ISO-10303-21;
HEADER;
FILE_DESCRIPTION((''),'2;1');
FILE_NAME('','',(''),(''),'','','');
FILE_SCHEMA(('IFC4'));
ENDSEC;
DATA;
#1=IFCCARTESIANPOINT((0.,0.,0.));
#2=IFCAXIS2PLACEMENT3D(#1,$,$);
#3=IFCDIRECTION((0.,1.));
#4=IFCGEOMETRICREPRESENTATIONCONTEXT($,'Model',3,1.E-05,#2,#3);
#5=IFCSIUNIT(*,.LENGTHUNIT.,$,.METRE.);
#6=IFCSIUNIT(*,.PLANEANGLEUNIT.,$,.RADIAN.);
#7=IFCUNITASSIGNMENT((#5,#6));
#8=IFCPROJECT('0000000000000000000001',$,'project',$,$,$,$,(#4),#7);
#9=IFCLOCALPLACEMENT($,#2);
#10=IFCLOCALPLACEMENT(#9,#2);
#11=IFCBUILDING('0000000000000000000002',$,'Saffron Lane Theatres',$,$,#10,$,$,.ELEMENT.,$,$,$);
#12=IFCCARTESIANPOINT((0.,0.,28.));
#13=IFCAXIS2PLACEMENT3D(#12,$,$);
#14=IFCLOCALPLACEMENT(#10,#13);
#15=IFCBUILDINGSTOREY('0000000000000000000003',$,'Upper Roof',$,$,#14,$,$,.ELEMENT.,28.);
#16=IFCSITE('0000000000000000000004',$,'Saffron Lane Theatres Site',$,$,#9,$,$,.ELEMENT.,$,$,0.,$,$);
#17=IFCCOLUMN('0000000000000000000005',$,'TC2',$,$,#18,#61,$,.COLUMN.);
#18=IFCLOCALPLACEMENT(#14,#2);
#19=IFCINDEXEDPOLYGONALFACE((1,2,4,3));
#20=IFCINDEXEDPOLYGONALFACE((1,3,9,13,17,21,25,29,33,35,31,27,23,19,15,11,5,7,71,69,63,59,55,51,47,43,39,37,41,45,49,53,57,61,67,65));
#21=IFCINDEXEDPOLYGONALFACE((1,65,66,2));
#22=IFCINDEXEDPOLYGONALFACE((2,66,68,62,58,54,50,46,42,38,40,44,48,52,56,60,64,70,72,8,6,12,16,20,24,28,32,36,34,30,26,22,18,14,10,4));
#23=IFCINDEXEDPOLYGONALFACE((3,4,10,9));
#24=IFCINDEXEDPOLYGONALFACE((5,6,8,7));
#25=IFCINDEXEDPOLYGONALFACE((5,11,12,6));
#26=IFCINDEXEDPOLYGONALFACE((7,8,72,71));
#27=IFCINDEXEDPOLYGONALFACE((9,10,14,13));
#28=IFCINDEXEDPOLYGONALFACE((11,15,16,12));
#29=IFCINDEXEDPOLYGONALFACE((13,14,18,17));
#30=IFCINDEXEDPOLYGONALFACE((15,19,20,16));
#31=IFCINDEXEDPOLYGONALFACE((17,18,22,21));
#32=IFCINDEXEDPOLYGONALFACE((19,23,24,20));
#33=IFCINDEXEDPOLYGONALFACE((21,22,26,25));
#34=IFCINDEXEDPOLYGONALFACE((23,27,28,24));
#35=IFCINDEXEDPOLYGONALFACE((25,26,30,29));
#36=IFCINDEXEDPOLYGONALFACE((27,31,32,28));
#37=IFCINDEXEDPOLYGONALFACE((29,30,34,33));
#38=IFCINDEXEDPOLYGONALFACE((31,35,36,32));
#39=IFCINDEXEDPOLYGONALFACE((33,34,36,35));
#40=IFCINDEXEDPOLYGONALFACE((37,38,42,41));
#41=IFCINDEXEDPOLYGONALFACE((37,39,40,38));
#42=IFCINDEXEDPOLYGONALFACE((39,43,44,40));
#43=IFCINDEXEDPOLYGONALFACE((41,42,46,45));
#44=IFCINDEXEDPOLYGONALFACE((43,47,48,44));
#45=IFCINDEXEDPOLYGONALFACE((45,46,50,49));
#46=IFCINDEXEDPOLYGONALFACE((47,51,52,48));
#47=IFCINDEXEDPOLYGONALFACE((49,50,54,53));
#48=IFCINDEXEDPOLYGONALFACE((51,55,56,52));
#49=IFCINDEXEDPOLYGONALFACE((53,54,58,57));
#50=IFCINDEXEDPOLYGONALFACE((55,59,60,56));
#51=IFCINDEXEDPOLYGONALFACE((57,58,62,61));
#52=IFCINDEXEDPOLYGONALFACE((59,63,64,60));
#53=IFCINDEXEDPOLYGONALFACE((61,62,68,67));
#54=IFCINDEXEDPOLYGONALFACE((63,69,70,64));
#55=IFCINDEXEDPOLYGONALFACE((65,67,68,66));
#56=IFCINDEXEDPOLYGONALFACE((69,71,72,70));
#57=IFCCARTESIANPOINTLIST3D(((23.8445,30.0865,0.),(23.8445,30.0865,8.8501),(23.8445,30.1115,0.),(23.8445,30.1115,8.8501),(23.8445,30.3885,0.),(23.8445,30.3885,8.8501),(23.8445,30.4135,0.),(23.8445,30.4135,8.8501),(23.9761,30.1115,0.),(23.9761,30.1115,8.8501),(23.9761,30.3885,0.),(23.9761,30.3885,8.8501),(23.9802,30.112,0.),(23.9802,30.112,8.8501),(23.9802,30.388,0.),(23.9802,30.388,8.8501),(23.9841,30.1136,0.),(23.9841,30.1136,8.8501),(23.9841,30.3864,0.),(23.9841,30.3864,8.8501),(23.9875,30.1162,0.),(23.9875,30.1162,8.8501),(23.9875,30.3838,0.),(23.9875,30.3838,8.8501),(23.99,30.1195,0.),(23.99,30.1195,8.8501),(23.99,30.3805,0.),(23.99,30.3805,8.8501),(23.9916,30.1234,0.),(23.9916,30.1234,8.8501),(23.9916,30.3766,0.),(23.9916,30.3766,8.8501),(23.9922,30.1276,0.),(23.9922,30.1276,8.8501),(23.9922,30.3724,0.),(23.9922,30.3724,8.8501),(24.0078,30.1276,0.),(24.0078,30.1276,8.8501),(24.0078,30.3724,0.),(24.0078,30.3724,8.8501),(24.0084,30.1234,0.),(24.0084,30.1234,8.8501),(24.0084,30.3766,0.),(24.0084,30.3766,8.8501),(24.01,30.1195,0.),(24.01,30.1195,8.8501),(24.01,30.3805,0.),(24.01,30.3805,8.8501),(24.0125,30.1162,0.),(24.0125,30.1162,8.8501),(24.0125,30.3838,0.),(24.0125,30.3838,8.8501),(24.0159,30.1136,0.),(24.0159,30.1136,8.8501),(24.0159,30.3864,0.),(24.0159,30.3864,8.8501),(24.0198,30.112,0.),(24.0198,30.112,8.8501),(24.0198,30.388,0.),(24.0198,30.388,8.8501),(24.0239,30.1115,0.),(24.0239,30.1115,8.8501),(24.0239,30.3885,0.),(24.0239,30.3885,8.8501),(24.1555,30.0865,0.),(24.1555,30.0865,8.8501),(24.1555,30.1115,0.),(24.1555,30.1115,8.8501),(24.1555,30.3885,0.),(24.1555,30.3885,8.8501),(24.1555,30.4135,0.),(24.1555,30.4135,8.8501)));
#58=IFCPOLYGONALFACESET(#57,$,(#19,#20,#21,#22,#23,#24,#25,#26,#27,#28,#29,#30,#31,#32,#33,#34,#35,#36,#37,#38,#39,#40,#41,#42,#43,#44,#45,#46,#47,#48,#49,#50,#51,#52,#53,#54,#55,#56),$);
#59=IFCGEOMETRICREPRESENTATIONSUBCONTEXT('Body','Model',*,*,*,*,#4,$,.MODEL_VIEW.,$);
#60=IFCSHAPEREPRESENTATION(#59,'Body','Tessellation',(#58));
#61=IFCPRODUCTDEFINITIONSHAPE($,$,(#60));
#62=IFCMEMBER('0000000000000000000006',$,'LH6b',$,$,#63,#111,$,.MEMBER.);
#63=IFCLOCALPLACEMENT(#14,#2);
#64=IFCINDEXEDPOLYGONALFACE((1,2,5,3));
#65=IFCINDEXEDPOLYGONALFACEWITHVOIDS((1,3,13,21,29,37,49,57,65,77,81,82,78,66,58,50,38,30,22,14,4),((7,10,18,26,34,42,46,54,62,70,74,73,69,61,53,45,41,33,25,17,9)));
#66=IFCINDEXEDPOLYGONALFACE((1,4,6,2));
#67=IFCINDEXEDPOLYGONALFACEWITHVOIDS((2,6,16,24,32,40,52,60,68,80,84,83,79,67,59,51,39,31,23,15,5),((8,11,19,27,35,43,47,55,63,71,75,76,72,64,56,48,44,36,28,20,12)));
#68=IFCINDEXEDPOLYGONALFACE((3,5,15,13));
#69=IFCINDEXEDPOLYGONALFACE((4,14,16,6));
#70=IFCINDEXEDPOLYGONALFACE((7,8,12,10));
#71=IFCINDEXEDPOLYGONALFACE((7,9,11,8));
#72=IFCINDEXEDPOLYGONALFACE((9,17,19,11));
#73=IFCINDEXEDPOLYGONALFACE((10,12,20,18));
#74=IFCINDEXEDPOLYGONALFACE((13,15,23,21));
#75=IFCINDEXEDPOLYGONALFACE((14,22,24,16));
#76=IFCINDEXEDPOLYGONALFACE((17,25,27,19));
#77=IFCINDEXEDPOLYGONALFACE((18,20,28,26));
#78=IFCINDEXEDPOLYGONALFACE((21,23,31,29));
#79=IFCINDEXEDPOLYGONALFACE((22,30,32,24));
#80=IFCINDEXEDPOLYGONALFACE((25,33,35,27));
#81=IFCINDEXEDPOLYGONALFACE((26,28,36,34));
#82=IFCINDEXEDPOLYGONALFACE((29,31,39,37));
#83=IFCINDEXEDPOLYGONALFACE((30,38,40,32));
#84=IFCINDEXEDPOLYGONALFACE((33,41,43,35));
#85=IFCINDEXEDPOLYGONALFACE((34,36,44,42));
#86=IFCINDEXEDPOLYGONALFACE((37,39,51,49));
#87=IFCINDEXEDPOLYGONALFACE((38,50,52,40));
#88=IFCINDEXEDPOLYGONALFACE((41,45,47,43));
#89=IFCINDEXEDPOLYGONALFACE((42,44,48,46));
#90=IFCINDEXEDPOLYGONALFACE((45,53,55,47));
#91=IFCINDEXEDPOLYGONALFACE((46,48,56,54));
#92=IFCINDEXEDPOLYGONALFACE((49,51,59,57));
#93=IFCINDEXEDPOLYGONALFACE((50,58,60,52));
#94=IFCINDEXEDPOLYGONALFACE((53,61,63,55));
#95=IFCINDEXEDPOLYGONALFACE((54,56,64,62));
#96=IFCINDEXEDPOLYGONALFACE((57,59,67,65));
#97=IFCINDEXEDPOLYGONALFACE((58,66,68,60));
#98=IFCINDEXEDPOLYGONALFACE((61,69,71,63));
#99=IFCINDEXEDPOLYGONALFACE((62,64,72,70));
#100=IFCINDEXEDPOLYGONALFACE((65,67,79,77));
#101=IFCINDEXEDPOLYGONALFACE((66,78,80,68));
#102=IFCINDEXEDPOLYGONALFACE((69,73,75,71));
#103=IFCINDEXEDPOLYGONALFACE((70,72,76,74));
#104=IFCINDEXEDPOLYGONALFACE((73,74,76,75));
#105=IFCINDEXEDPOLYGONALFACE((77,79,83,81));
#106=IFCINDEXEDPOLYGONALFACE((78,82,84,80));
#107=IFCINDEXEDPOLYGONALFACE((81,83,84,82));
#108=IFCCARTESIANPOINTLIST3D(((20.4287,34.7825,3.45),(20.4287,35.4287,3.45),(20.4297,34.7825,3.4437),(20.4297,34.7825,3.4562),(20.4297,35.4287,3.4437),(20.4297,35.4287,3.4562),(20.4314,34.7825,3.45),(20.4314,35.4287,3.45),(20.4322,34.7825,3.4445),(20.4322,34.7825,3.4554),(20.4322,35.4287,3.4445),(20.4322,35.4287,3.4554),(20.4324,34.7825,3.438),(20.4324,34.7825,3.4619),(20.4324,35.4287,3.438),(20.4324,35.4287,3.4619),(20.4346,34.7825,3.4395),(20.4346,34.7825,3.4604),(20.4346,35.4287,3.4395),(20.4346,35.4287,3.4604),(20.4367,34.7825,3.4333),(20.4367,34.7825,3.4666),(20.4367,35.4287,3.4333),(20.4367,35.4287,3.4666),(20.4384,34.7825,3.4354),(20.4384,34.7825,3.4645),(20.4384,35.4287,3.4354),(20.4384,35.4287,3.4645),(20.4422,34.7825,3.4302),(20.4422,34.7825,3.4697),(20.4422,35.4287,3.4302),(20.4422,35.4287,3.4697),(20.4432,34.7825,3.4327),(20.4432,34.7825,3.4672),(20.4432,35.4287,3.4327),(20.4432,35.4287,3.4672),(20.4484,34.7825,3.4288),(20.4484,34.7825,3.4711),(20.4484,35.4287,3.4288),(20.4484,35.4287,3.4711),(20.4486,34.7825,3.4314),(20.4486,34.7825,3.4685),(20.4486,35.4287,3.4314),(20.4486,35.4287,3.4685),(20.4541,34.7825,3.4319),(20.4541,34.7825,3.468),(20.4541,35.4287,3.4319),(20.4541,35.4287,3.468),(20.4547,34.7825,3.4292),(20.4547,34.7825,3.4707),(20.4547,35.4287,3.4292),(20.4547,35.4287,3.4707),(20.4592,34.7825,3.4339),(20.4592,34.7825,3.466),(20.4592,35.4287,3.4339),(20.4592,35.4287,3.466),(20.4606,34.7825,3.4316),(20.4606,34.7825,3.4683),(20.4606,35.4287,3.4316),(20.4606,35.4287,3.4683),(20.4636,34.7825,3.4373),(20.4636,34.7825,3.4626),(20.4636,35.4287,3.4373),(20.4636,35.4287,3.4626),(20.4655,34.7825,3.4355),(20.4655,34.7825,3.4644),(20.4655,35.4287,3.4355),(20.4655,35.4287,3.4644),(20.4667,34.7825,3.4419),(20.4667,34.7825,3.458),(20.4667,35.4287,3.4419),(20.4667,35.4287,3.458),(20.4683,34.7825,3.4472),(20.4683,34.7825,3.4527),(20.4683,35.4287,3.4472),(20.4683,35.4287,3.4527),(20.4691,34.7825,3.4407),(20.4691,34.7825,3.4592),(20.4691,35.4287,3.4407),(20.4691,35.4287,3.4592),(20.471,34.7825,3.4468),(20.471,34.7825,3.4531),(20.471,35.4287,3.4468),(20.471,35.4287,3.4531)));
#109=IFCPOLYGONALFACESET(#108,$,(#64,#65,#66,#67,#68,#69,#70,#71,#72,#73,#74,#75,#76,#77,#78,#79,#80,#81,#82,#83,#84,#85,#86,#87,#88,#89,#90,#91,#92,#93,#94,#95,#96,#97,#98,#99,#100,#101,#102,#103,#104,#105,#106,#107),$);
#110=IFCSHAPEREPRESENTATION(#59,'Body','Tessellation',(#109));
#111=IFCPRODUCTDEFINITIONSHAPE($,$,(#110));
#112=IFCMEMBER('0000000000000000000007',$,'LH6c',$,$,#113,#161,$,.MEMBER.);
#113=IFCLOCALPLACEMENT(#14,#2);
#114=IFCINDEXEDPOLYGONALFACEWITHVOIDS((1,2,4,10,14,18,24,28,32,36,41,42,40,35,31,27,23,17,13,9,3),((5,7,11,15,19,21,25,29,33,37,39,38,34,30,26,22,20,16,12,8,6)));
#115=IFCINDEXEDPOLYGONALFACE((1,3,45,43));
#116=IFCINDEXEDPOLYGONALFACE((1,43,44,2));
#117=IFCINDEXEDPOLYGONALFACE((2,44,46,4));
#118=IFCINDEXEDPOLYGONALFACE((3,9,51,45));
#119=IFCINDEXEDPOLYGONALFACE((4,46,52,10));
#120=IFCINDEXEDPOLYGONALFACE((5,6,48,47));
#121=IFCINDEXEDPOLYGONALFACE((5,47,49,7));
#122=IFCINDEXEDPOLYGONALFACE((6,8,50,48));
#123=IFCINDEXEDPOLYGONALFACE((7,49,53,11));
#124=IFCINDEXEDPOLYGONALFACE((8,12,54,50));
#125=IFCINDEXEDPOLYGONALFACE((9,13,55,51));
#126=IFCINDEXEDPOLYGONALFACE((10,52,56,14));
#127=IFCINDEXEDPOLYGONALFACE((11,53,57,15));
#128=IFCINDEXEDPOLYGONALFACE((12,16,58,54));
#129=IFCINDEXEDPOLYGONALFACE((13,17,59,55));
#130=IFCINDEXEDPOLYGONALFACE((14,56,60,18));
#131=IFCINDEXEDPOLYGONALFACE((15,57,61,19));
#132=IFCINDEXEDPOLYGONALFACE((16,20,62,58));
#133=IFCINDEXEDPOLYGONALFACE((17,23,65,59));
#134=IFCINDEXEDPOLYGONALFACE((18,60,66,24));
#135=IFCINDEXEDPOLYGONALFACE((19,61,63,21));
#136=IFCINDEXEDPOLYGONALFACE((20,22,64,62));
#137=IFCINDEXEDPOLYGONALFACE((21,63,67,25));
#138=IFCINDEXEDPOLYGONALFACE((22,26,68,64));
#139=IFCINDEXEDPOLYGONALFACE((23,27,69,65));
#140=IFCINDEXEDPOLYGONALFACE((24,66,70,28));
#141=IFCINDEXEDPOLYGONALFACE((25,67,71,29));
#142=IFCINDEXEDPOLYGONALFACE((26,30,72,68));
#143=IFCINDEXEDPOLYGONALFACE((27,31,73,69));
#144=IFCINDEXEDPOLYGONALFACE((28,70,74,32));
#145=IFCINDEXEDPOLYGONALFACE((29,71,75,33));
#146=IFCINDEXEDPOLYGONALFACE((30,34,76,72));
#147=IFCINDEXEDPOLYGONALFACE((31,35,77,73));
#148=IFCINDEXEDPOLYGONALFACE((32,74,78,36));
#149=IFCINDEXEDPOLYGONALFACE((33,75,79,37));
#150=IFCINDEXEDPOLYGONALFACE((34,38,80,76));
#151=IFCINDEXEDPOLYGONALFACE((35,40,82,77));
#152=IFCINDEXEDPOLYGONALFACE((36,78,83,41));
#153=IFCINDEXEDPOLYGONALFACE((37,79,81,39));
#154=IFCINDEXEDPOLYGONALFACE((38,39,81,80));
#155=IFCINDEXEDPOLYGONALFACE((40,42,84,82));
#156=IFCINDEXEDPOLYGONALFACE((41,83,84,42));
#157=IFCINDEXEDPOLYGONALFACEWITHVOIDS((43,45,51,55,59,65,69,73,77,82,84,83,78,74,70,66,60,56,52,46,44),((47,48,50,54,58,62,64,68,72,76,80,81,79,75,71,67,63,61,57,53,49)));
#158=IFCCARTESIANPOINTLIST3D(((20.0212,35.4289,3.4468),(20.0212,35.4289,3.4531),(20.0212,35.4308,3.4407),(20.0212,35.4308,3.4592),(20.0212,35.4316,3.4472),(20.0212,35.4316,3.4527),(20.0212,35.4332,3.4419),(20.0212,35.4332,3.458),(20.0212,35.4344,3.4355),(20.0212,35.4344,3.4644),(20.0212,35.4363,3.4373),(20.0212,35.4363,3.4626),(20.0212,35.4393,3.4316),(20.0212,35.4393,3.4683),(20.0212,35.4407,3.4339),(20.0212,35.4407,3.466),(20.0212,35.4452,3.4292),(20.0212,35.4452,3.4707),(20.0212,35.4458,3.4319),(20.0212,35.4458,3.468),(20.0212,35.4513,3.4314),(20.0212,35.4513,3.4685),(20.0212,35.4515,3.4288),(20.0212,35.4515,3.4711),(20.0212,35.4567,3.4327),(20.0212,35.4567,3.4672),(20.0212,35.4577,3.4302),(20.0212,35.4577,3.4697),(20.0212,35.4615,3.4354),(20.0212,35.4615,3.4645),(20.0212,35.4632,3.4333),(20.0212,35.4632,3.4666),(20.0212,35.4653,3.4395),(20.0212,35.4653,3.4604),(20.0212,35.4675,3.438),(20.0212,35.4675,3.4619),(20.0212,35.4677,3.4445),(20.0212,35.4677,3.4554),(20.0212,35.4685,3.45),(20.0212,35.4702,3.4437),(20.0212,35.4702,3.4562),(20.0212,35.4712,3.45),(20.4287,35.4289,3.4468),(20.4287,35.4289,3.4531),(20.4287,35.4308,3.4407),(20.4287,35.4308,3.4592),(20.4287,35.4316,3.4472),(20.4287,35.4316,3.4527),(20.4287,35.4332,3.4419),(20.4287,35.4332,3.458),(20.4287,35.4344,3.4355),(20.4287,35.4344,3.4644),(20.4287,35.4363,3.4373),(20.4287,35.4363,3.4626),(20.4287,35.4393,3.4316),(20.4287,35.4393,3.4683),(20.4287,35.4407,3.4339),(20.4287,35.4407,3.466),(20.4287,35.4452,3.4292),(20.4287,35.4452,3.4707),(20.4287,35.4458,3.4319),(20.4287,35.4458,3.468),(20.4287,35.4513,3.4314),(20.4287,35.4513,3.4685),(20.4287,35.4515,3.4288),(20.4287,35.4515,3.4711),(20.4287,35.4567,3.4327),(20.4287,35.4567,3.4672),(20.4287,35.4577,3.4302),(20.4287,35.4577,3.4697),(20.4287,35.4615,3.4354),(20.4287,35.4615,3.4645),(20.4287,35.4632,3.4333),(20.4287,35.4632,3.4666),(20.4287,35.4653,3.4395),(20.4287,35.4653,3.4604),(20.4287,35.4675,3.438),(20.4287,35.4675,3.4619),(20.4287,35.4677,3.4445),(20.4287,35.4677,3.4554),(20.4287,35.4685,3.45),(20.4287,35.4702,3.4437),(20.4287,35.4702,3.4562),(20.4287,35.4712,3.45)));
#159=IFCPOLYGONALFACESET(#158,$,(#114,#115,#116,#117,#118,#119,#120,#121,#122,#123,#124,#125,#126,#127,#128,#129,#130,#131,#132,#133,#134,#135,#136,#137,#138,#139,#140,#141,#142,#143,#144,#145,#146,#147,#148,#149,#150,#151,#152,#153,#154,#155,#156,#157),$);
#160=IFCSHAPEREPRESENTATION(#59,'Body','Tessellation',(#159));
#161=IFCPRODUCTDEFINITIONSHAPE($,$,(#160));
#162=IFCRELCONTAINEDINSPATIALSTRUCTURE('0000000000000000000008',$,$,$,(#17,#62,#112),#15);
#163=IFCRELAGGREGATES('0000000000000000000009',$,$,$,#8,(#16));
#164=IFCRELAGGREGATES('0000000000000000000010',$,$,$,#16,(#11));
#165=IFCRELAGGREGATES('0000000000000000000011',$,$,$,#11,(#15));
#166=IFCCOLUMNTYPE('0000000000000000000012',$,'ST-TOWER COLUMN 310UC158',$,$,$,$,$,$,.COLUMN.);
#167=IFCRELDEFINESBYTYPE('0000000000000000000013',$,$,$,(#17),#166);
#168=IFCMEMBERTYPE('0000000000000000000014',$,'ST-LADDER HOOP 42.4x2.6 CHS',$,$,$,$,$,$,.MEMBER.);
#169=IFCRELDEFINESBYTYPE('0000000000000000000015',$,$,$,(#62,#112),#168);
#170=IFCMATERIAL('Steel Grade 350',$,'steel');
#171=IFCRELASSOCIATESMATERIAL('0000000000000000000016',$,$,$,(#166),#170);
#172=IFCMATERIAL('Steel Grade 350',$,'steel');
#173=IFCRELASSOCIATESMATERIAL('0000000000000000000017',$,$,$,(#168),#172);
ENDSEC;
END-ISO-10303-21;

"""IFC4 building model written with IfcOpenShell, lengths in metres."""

from ifc_helpers import new_model, si_unit, direction, frame, origin, origin_2d, place, context, subcontext, project, spatial, hollow_circle, i_section, extrude, material, material_profile, profile_set, type_object, element, save


model = new_model("IFC4")

# Units and contexts
model_context = context("Model", 3, precision=1e-05, world=origin(), true_north=direction((0.0, 1.0)))
body_context = subcontext(model_context, "Body", "Model", "MODEL_VIEW")
ifc_project = project(units=[si_unit("LENGTHUNIT", "METRE"), si_unit("PLANEANGLEUNIT", "RADIAN")], contexts=[model_context])

# Site, building, storey
site_placement = place(None, origin())
site = spatial("IfcSite", under=ifc_project, at=site_placement, Name="Saffron Lane Theatres Site", CompositionType="ELEMENT", RefElevation=0.0)
building_placement = place(site_placement, origin())
building = spatial("IfcBuilding", under=site, at=building_placement, Name="Saffron Lane Theatres", CompositionType="ELEMENT")
storey_placement = place(building_placement, frame((0.0, 0.0, 28.0)))
storey = spatial("IfcBuildingStorey", under=building, at=storey_placement, Name="Upper Roof", CompositionType="ELEMENT", Elevation=28.0)

# Column
ifc_material_1 = material(Name="Steel Grade 350", Category="steel")
ifc_material_profile_1 = material_profile(ifc_material_1, i_section(OverallWidth=0.311, OverallDepth=0.3269, WebThickness=0.0156, FlangeThickness=0.0249, FilletRadius=0.0161, at=origin_2d()))
ifc_profile_set_1 = profile_set([ifc_material_profile_1], Name="Steel Grade 350")
column_type = type_object("IfcColumnType", Name="ST-TOWER COLUMN 310UC158", PredefinedType="COLUMN", material=ifc_profile_set_1)
column_placement = place(storey_placement, frame((24.0, 30.25, 0.0), z_axis=(0.0, 0.0, 1.0), x_axis=(1.0, 0.0, 0.0)))
element("IfcColumn", 1, at=column_placement, inside=storey, type_object=column_type, Name="TC2", PredefinedType="COLUMN", context=body_context, shape_type="SweptSolid", body=[
    extrude(i_section(OverallWidth=0.311, OverallDepth=0.3269, WebThickness=0.0156, FlangeThickness=0.0249, FilletRadius=0.0161, at=origin_2d()), origin(), (0.0, 0.0, 1.0), 8.8501),
])

# Members
ifc_material_2 = material(Name="Steel Grade 350", Category="steel")
ifc_material_profile_2 = material_profile(ifc_material_2, hollow_circle(Radius=0.0212, WallThickness=0.0027, at=origin_2d()))
ifc_profile_set_2 = profile_set([ifc_material_profile_2], Name="Steel Grade 350")
member_type_1 = type_object("IfcMemberType", Name="ST-LADDER HOOP 42.4x2.6 CHS", PredefinedType="MEMBER", material=ifc_profile_set_2)
member_1_placement = place(storey_placement, frame((20.45, 34.7825, 3.45), z_axis=(0.0, 1.0, 0.0), x_axis=(-1.0, 0.0, 0.0)))
element("IfcMember", 2, at=member_1_placement, inside=storey, type_object=member_type_1, Name="LH6b", PredefinedType="MEMBER", context=body_context, shape_type="SweptSolid", body=[
    extrude(hollow_circle(Radius=0.0212, WallThickness=0.0027, at=origin_2d()), origin(), (0.0, 0.0, 1.0), 0.6462),
])
member_2_placement = place(storey_placement, frame((20.0212, 35.45, 3.45), z_axis=(1.0, 0.0, 0.0), x_axis=(0.0, 1.0, 0.0)))
element("IfcMember", 3, at=member_2_placement, inside=storey, type_object=member_type_1, Name="LH6c", PredefinedType="MEMBER", context=body_context, shape_type="SweptSolid", body=[
    extrude(hollow_circle(Radius=0.0212, WallThickness=0.0027, at=origin_2d()), origin(), (0.0, 0.0, 1.0), 0.4075),
])

save(model, "model.ifc")
